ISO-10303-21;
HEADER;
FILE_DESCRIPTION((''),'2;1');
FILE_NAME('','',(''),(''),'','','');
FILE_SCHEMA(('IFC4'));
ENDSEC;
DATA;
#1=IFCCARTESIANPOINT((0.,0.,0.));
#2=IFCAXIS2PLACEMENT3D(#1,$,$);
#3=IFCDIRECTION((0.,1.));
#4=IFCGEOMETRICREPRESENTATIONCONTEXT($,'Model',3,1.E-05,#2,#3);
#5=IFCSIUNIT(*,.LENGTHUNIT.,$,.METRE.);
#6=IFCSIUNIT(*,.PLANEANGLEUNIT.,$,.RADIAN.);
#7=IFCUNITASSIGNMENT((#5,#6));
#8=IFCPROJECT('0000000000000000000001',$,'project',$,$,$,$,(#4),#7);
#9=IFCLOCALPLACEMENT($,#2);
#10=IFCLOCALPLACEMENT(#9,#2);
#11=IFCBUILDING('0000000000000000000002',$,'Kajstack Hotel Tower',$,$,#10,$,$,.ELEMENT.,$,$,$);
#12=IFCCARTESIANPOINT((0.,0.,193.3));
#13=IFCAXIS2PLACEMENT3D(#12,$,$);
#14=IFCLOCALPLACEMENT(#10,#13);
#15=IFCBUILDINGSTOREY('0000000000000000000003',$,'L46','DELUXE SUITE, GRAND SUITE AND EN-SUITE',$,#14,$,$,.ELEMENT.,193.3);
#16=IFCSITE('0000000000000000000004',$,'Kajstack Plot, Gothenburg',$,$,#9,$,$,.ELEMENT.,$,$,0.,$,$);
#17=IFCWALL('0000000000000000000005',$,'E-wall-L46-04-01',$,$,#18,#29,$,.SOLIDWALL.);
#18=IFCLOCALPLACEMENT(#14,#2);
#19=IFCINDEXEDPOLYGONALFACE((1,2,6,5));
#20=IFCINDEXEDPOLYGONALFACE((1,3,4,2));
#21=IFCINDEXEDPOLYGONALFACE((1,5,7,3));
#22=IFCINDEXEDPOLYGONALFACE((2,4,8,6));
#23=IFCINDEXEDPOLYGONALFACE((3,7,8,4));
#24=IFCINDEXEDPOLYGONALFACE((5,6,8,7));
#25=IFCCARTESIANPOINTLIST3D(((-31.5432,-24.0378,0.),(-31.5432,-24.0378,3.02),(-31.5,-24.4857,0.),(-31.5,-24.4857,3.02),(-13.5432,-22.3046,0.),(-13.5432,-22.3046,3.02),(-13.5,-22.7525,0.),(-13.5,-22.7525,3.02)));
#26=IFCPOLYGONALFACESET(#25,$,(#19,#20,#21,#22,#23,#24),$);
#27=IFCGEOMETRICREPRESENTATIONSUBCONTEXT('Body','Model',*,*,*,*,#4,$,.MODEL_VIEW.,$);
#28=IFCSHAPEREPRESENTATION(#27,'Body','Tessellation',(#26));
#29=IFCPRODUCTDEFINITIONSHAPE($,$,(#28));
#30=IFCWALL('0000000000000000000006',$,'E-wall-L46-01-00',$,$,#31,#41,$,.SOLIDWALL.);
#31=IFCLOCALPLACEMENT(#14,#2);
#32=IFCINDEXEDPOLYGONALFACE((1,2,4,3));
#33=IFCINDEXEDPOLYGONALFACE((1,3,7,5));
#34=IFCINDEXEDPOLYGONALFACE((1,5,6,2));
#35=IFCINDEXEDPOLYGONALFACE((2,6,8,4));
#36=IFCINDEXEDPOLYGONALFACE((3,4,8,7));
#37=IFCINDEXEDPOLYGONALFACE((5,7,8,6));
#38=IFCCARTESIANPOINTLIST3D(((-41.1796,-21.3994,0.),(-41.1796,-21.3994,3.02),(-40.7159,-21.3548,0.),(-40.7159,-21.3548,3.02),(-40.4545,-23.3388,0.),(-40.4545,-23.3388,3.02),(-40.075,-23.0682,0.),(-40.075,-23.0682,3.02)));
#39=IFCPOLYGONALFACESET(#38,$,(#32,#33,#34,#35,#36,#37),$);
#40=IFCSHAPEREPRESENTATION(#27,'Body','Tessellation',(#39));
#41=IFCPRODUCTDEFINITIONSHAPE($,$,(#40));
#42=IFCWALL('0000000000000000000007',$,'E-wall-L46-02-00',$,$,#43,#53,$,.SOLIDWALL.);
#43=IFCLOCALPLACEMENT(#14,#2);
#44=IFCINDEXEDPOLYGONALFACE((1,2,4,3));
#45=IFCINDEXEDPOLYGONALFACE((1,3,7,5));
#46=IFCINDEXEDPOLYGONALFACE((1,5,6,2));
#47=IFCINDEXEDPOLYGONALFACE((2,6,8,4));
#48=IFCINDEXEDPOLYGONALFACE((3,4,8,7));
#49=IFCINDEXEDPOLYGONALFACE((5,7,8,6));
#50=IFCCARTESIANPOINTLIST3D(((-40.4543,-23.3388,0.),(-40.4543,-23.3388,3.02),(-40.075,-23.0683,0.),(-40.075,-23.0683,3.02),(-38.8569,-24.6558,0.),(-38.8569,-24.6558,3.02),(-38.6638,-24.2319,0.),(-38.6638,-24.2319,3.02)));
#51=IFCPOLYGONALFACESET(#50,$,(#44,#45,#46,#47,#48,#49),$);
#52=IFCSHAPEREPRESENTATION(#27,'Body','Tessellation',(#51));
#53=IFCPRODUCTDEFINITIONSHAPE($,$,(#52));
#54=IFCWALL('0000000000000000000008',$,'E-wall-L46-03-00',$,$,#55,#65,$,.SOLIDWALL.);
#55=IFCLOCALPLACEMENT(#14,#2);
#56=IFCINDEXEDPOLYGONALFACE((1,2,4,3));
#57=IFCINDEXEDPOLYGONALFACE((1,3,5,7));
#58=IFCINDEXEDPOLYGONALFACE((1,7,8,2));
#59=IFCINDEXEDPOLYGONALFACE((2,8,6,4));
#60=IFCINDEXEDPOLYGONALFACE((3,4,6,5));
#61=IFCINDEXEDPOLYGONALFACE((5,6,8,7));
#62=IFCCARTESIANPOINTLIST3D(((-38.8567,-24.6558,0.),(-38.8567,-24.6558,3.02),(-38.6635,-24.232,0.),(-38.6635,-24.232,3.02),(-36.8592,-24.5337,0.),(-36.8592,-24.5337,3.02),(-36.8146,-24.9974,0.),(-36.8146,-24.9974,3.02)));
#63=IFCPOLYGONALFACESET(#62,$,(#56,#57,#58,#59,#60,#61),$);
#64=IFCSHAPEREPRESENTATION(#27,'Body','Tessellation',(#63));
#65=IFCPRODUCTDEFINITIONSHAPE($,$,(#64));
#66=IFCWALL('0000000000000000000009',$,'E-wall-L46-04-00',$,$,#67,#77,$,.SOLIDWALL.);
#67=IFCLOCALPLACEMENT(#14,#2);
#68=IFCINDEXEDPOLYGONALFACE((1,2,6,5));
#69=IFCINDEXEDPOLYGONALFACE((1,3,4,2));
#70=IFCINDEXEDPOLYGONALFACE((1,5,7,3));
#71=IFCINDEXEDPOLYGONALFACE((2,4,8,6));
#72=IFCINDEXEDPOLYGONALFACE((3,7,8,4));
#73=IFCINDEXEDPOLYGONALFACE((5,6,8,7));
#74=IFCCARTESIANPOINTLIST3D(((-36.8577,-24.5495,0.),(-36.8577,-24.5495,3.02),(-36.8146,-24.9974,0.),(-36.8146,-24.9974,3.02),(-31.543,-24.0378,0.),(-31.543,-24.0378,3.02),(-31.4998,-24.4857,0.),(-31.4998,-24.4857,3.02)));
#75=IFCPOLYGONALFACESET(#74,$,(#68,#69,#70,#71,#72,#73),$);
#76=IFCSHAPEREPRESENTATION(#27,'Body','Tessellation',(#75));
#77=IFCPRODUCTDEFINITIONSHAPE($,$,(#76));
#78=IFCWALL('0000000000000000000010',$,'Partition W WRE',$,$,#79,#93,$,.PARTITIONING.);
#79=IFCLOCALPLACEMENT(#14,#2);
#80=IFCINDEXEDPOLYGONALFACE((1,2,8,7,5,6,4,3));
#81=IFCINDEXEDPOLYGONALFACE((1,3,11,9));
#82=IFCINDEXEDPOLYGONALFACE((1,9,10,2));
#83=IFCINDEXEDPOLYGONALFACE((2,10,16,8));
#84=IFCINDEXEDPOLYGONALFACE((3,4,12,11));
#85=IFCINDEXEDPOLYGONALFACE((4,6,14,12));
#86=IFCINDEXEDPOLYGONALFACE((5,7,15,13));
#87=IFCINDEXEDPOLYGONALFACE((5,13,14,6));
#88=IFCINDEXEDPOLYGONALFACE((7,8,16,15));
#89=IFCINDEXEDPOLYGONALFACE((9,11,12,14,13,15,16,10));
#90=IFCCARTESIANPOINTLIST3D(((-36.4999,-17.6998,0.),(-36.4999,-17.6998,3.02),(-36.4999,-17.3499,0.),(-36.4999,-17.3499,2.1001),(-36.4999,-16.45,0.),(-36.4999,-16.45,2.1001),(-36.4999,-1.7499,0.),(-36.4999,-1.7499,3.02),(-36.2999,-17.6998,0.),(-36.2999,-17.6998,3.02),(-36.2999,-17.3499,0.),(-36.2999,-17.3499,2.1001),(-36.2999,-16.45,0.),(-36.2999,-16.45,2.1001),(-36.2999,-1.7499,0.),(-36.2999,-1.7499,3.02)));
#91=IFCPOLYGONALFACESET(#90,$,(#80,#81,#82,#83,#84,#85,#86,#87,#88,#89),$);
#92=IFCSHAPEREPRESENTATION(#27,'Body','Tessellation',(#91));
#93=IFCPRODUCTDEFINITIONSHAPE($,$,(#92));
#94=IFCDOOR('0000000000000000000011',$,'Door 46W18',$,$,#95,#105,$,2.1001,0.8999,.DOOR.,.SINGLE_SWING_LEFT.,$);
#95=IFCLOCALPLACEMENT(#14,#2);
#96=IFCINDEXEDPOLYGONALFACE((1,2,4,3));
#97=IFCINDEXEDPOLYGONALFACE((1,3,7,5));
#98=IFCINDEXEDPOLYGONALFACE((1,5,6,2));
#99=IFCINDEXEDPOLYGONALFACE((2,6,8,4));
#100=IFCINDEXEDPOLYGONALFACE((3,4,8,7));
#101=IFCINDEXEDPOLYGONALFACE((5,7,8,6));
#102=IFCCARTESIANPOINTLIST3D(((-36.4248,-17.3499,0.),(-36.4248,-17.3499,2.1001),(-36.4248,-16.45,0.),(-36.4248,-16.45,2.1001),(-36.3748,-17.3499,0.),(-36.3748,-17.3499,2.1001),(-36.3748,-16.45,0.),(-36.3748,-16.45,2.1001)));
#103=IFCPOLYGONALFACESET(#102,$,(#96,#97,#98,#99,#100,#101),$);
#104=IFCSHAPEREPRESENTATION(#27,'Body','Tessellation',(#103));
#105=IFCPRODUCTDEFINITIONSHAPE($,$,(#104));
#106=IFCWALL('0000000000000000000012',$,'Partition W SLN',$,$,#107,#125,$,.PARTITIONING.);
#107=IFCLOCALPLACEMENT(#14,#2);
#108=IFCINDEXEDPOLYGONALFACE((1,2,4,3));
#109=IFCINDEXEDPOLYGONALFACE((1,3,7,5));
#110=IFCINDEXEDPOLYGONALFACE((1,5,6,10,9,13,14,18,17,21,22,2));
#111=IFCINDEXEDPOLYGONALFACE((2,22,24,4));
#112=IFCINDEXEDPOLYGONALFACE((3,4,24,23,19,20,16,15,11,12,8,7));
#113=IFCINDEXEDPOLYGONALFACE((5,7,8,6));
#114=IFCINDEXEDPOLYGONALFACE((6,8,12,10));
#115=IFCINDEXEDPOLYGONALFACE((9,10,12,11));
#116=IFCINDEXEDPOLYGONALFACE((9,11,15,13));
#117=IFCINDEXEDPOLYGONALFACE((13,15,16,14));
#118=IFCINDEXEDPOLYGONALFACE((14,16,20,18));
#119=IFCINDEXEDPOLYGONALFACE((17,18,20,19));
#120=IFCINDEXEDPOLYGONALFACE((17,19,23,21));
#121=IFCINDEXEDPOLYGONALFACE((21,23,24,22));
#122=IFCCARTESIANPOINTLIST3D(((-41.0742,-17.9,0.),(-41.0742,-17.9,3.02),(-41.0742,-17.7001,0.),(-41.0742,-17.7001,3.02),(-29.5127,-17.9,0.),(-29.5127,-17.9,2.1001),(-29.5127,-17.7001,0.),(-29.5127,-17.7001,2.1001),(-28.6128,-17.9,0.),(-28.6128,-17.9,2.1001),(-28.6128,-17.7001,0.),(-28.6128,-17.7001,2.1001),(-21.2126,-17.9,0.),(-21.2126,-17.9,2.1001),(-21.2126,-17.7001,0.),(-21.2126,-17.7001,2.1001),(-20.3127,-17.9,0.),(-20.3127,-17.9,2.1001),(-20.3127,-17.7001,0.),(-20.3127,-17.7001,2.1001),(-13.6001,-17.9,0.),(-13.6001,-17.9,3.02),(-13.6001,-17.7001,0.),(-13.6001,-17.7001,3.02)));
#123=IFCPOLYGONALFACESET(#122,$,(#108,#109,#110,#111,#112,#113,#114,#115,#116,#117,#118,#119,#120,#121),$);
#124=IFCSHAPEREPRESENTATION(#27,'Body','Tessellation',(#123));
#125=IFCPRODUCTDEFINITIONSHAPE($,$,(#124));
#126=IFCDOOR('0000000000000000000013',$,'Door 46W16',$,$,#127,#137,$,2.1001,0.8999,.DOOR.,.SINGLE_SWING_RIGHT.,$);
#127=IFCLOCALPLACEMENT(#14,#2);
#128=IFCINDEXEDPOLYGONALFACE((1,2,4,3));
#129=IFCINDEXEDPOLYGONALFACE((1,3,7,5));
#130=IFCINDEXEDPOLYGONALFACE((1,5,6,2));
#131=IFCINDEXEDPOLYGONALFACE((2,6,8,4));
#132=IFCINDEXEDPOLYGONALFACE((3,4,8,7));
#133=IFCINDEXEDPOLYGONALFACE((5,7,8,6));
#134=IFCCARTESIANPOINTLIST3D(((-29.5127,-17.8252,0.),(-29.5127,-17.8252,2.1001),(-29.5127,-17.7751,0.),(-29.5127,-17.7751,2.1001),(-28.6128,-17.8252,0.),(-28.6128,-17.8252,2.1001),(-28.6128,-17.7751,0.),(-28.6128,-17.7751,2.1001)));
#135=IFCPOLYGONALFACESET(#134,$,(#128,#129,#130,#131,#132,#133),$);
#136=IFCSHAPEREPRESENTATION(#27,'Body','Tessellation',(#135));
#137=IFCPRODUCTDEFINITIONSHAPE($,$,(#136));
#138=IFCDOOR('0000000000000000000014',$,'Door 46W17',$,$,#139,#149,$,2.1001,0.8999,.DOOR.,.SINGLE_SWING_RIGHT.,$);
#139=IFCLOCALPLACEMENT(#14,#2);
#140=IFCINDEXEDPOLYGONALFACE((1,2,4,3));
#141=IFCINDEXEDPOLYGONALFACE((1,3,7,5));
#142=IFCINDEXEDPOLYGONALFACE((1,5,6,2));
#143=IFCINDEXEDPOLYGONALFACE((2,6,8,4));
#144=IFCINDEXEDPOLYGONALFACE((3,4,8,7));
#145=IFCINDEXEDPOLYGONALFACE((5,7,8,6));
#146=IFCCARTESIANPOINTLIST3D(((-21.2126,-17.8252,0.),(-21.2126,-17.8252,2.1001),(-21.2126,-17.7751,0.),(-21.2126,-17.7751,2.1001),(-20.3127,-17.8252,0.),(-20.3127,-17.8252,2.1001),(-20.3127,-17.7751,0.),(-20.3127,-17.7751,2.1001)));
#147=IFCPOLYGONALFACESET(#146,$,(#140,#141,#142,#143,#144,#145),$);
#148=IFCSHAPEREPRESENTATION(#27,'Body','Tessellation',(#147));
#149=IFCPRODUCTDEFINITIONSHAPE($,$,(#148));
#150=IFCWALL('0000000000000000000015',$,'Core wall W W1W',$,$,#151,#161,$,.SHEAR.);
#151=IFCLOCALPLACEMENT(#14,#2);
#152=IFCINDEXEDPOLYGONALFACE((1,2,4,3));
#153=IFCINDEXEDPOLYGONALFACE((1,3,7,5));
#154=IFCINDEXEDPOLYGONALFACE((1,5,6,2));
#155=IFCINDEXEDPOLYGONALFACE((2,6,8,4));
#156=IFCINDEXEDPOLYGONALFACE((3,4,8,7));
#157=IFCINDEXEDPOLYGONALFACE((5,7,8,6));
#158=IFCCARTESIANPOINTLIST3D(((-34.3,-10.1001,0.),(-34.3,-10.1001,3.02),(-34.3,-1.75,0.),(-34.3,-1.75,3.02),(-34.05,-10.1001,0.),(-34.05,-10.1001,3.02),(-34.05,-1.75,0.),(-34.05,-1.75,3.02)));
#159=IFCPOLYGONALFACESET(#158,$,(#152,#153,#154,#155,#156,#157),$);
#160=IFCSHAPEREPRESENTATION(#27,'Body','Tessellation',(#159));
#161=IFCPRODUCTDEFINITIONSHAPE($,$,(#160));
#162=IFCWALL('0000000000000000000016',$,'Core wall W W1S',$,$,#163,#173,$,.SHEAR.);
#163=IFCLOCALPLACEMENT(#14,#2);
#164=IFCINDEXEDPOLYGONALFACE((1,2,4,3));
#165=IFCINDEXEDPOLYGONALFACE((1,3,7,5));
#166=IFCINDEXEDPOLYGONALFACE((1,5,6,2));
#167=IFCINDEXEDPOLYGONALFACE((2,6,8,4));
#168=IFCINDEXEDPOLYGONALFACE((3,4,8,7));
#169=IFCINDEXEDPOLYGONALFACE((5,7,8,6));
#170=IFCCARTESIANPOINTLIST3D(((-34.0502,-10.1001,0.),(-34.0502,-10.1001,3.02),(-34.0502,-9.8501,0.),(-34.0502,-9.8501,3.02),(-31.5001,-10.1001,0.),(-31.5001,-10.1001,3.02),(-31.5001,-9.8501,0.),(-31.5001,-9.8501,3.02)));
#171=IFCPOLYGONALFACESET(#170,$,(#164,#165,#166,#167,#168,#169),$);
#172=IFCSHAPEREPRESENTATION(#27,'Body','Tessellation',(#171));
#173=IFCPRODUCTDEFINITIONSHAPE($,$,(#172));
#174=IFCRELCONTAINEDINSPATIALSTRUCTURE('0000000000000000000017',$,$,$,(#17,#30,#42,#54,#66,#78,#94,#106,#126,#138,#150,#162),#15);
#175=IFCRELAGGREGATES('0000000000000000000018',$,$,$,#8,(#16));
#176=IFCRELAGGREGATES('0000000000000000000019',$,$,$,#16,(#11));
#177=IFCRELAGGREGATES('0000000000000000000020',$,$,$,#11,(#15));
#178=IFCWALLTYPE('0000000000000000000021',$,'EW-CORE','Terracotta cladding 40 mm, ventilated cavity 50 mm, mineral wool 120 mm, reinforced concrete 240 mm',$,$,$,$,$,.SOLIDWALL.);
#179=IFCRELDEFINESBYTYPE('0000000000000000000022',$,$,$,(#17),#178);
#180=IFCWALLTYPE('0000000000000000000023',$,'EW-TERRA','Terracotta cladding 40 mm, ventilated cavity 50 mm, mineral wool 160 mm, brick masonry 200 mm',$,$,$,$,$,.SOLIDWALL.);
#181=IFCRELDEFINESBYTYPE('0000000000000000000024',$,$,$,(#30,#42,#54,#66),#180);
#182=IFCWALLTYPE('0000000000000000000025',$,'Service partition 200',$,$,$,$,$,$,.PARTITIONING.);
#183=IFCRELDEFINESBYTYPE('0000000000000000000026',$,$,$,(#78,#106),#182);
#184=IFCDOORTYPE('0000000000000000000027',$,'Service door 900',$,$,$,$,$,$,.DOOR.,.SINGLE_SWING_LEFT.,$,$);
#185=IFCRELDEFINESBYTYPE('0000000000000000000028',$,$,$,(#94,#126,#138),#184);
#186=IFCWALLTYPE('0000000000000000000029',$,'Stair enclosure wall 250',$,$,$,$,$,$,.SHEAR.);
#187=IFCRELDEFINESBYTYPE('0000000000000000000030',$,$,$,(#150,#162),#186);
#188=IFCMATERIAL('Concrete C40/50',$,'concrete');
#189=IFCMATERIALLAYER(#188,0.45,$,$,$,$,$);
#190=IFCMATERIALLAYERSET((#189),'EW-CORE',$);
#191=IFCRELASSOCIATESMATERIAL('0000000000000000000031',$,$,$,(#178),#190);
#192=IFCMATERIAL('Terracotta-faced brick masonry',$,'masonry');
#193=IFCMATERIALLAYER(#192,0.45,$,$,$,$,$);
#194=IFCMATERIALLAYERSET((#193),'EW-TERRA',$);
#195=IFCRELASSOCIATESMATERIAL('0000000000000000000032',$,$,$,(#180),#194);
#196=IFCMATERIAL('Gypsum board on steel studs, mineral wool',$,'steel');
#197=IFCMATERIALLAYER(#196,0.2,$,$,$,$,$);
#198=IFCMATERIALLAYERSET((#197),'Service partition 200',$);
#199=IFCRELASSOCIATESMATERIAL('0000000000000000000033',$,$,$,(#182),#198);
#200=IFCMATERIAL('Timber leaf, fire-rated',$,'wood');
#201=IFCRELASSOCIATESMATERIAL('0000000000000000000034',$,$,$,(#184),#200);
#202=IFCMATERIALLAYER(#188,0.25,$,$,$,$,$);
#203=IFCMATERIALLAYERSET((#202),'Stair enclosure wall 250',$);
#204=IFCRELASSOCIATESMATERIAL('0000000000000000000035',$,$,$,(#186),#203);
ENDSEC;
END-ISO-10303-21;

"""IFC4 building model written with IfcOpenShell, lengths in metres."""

from ifc_helpers import new_model, si_unit, direction, frame, frame_2d, origin, place, context, subcontext, project, spatial, polyline, rectangle, outline, extrude, material, layer, layer_set, type_object, element, fill, save


model = new_model("IFC4")

# Units and contexts
model_context = context("Model", 3, precision=1e-05, world=origin(), true_north=direction((0.0, 1.0)))
body_context = subcontext(model_context, "Body", "Model", "MODEL_VIEW")
ifc_project = project(units=[si_unit("LENGTHUNIT", "METRE"), si_unit("PLANEANGLEUNIT", "RADIAN")], contexts=[model_context])

# Site, building, storey
site_placement = place(None, origin())
site = spatial("IfcSite", under=ifc_project, at=site_placement, Name="Kajstack Plot, Gothenburg", CompositionType="ELEMENT", RefElevation=0.0)
building_placement = place(site_placement, origin())
building = spatial("IfcBuilding", under=site, at=building_placement, Name="Kajstack Hotel Tower", CompositionType="ELEMENT")
storey_placement = place(building_placement, frame((0.0, 0.0, 193.3)))
storey = spatial("IfcBuildingStorey", under=building, at=storey_placement, Name="L46", Description="DELUXE SUITE, GRAND SUITE AND EN-SUITE", CompositionType="ELEMENT", Elevation=193.3)

# Walls
ifc_material_1 = material(Name="Concrete C40/50", Category="concrete")
ifc_layer_1 = layer(ifc_material_1, 0.45)
ifc_layer_set_1 = layer_set([ifc_layer_1], Name="EW-CORE")
wall_type_1 = type_object("IfcWallType", Name="EW-CORE", Description="Terracotta cladding 40 mm, ventilated cavity 50 mm, mineral wool 120 mm, reinforced concrete 240 mm", PredefinedType="SOLIDWALL", material=ifc_layer_set_1)
wall_1_placement = place(storey_placement, frame((-31.5215, -24.2617, 0.0), z_axis=(0.0, 0.0, 1.0), x_axis=(0.995396, 0.095843, 0.0)))
element("IfcWall", 1, at=wall_1_placement, inside=storey, type_object=wall_type_1, Name="E-wall-L46-04-01", PredefinedType="SOLIDWALL", context=body_context, shape_type="SweptSolid", body=[
    extrude(rectangle(XDim=18.0833, YDim=0.45, at=frame_2d((9.0415, 0.0))), origin(), (0.0, 0.0, 1.0), 3.02),
])
ifc_material_2 = material(Name="Terracotta-faced brick masonry", Category="masonry")
ifc_layer_2 = layer(ifc_material_2, 0.45)
ifc_layer_set_2 = layer_set([ifc_layer_2], Name="EW-TERRA")
wall_type_2 = type_object("IfcWallType", Name="EW-TERRA", Description="Terracotta cladding 40 mm, ventilated cavity 50 mm, mineral wool 160 mm, brick masonry 200 mm", PredefinedType="SOLIDWALL", material=ifc_layer_set_2)
wall_2_placement = place(storey_placement, frame((-40.9688, -21.3206, 0.0), z_axis=(0.0, 0.0, 1.0), x_axis=(0.350193, -0.936678, 0.0)))
element("IfcWall", 2, at=wall_2_placement, inside=storey, type_object=wall_type_2, Name="E-wall-L46-01-00", PredefinedType="SOLIDWALL", context=body_context, shape_type="SweptSolid", body=[
    extrude(outline(polyline([(0.0, -0.2251), (2.0706, -0.2251), (1.95, 0.2251), (0.1206, 0.2249), (0.0, -0.2251)])), origin(), (0.0, 0.0, 1.0), 3.02),
])
wall_3_placement = place(storey_placement, frame((-40.3113, -23.1653, 0.0), z_axis=(0.0, 0.0, 1.0), x_axis=(0.771651, -0.636046, 0.0)))
element("IfcWall", 3, at=wall_3_placement, inside=storey, type_object=wall_type_2, Name="E-wall-L46-02-00", PredefinedType="SOLIDWALL", context=body_context, shape_type="SweptSolid", body=[
    extrude(outline(polyline([(0.0, -0.2249), (2.0703, -0.2251), (1.9497, 0.2249), (0.1206, 0.2251), (0.0, -0.2249)])), origin(), (0.0, 0.0, 1.0), 3.02),
])
wall_4_placement = place(storey_placement, frame((-38.8196, -24.4338, 0.0), z_axis=(0.0, 0.0, 1.0), x_axis=(0.986279, -0.165087, 0.0)))
element("IfcWall", 4, at=wall_4_placement, inside=storey, type_object=wall_type_2, Name="E-wall-L46-03-00", PredefinedType="SOLIDWALL", context=body_context, shape_type="SweptSolid", body=[
    extrude(outline(polyline([(0.0, -0.2251), (2.0706, -0.2249), (1.95, 0.2251), (0.1206, 0.2249), (0.0, -0.2251)])), origin(), (0.0, 0.0, 1.0), 3.02),
])
wall_5_placement = place(storey_placement, frame((-36.8362, -24.7734, 0.0), z_axis=(0.0, 0.0, 1.0), x_axis=(0.995397, 0.09584, 0.0)))
element("IfcWall", 5, at=wall_5_placement, inside=storey, type_object=wall_type_2, Name="E-wall-L46-04-00", PredefinedType="SOLIDWALL", context=body_context, shape_type="SweptSolid", body=[
    extrude(rectangle(XDim=5.3394, YDim=0.45, at=frame_2d((2.6697, 0.0))), origin(), (0.0, 0.0, 1.0), 3.02),
])

# Wall, opening, door
ifc_material_3 = material(Name="Gypsum board on steel studs, mineral wool", Category="steel")
ifc_layer_3 = layer(ifc_material_3, 0.2)
ifc_layer_set_3 = layer_set([ifc_layer_3], Name="Service partition 200")
wall_type_3 = type_object("IfcWallType", Name="Service partition 200", PredefinedType="PARTITIONING", material=ifc_layer_set_3)
wall_6_placement = place(storey_placement, frame((-36.3999, -17.7, 0.0), z_axis=(0.0, 0.0, 1.0), x_axis=(0.0, 1.0, 0.0)))
wall_6 = element("IfcWall", 6, at=wall_6_placement, inside=storey, type_object=wall_type_3, Name="Partition W WRE", PredefinedType="PARTITIONING", context=body_context, shape_type="SweptSolid", body=[
    extrude(rectangle(XDim=15.95, YDim=0.2, at=frame_2d((7.9751, 0.0))), origin(), (0.0, 0.0, 1.0), 3.02),
])
opening_1_placement = place(wall_6_placement, frame((0.3501, 0.0, 0.0)))
opening_1 = element("IfcOpeningElement", 7, at=opening_1_placement, cuts=wall_6, PredefinedType="OPENING", context=body_context, shape_type="SweptSolid", body=[
    extrude(rectangle(XDim=0.8999, YDim=2.1001, at=frame_2d((0.45, 1.05))), frame((0.0, 0.1099, 0.0), z_axis=(0.0, -1.0, 0.0), x_axis=(1.0, 0.0, 0.0)), (0.0, 0.0, 1.0), 0.22),
])
ifc_material_4 = material(Name="Timber leaf, fire-rated", Category="wood")
door_type = type_object("IfcDoorType", Name="Service door 900", OperationType="SINGLE_SWING_LEFT", PredefinedType="DOOR", material=ifc_material_4)
door_1_placement = place(opening_1_placement, origin())
door_1 = element("IfcDoor", 8, at=door_1_placement, inside=storey, type_object=door_type, Name="Door 46W18", OperationType="SINGLE_SWING_LEFT", OverallHeight=2.1001, OverallWidth=0.8999, PredefinedType="DOOR", context=body_context, shape_type="SweptSolid", body=[
    extrude(rectangle(XDim=0.8999, YDim=2.1001, at=frame_2d((0.45, 1.05))), frame((0.0, 0.0249, 0.0), z_axis=(0.0, -1.0, 0.0), x_axis=(1.0, 0.0, 0.0)), (0.0, 0.0, 1.0), 0.05),
])
fill(opening_1, door_1)

# Wall, openings, doors
wall_7_placement = place(storey_placement, frame((-41.0742, -17.8, 0.0), z_axis=(0.0, 0.0, 1.0), x_axis=(1.0, 0.0, 0.0)))
wall_7 = element("IfcWall", 9, at=wall_7_placement, inside=storey, type_object=wall_type_3, Name="Partition W SLN", PredefinedType="PARTITIONING", context=body_context, shape_type="SweptSolid", body=[
    extrude(rectangle(XDim=27.4741, YDim=0.2, at=frame_2d((13.7371, 0.0))), origin(), (0.0, 0.0, 1.0), 3.02),
])
opening_2_placement = place(wall_7_placement, frame((11.5615, 0.0, 0.0)))
opening_2 = element("IfcOpeningElement", 10, at=opening_2_placement, cuts=wall_7, PredefinedType="OPENING", context=body_context, shape_type="SweptSolid", body=[
    extrude(rectangle(XDim=0.8999, YDim=2.1001, at=frame_2d((0.45, 1.05))), frame((0.0, 0.1099, 0.0), z_axis=(0.0, -1.0, 0.0), x_axis=(1.0, 0.0, 0.0)), (0.0, 0.0, 1.0), 0.22),
])
opening_3_placement = place(wall_7_placement, frame((19.8616, 0.0, 0.0)))
opening_3 = element("IfcOpeningElement", 11, at=opening_3_placement, cuts=wall_7, PredefinedType="OPENING", context=body_context, shape_type="SweptSolid", body=[
    extrude(rectangle(XDim=0.8999, YDim=2.1001, at=frame_2d((0.45, 1.05))), frame((0.0, 0.1099, 0.0), z_axis=(0.0, -1.0, 0.0), x_axis=(1.0, 0.0, 0.0)), (0.0, 0.0, 1.0), 0.22),
])
door_2_placement = place(opening_2_placement, origin())
door_2 = element("IfcDoor", 12, at=door_2_placement, inside=storey, type_object=door_type, Name="Door 46W16", OperationType="SINGLE_SWING_RIGHT", OverallHeight=2.1001, OverallWidth=0.8999, PredefinedType="DOOR", context=body_context, shape_type="SweptSolid", body=[
    extrude(rectangle(XDim=0.8999, YDim=2.1001, at=frame_2d((0.45, 1.05))), frame((0.0, 0.0249, 0.0), z_axis=(0.0, -1.0, 0.0), x_axis=(1.0, 0.0, 0.0)), (0.0, 0.0, 1.0), 0.05),
])
fill(opening_2, door_2)
door_3_placement = place(opening_3_placement, origin())
door_3 = element("IfcDoor", 13, at=door_3_placement, inside=storey, type_object=door_type, Name="Door 46W17", OperationType="SINGLE_SWING_RIGHT", OverallHeight=2.1001, OverallWidth=0.8999, PredefinedType="DOOR", context=body_context, shape_type="SweptSolid", body=[
    extrude(rectangle(XDim=0.8999, YDim=2.1001, at=frame_2d((0.45, 1.05))), frame((0.0, 0.0249, 0.0), z_axis=(0.0, -1.0, 0.0), x_axis=(1.0, 0.0, 0.0)), (0.0, 0.0, 1.0), 0.05),
])
fill(opening_3, door_3)

# Walls
ifc_layer_4 = layer(ifc_material_1, 0.25)
ifc_layer_set_4 = layer_set([ifc_layer_4], Name="Stair enclosure wall 250")
wall_type_4 = type_object("IfcWallType", Name="Stair enclosure wall 250", PredefinedType="SHEAR", material=ifc_layer_set_4)
wall_8_placement = place(storey_placement, frame((-34.175, -10.1001, 0.0), z_axis=(0.0, 0.0, 1.0), x_axis=(0.0, 1.0, 0.0)))
element("IfcWall", 14, at=wall_8_placement, inside=storey, type_object=wall_type_4, Name="Core wall W W1W", PredefinedType="SHEAR", context=body_context, shape_type="SweptSolid", body=[
    extrude(rectangle(XDim=8.3501, YDim=0.25, at=frame_2d((4.175, 0.0))), origin(), (0.0, 0.0, 1.0), 3.02),
])
wall_9_placement = place(storey_placement, frame((-34.05, -9.9751, 0.0), z_axis=(0.0, 0.0, 1.0), x_axis=(1.0, 0.0, 0.0)))
element("IfcWall", 15, at=wall_9_placement, inside=storey, type_object=wall_type_4, Name="Core wall W W1S", PredefinedType="SHEAR", context=body_context, shape_type="SweptSolid", body=[
    extrude(rectangle(XDim=2.55, YDim=0.25, at=frame_2d((1.2749, 0.0))), origin(), (0.0, 0.0, 1.0), 3.02),
])

save(model, "model.ifc")
